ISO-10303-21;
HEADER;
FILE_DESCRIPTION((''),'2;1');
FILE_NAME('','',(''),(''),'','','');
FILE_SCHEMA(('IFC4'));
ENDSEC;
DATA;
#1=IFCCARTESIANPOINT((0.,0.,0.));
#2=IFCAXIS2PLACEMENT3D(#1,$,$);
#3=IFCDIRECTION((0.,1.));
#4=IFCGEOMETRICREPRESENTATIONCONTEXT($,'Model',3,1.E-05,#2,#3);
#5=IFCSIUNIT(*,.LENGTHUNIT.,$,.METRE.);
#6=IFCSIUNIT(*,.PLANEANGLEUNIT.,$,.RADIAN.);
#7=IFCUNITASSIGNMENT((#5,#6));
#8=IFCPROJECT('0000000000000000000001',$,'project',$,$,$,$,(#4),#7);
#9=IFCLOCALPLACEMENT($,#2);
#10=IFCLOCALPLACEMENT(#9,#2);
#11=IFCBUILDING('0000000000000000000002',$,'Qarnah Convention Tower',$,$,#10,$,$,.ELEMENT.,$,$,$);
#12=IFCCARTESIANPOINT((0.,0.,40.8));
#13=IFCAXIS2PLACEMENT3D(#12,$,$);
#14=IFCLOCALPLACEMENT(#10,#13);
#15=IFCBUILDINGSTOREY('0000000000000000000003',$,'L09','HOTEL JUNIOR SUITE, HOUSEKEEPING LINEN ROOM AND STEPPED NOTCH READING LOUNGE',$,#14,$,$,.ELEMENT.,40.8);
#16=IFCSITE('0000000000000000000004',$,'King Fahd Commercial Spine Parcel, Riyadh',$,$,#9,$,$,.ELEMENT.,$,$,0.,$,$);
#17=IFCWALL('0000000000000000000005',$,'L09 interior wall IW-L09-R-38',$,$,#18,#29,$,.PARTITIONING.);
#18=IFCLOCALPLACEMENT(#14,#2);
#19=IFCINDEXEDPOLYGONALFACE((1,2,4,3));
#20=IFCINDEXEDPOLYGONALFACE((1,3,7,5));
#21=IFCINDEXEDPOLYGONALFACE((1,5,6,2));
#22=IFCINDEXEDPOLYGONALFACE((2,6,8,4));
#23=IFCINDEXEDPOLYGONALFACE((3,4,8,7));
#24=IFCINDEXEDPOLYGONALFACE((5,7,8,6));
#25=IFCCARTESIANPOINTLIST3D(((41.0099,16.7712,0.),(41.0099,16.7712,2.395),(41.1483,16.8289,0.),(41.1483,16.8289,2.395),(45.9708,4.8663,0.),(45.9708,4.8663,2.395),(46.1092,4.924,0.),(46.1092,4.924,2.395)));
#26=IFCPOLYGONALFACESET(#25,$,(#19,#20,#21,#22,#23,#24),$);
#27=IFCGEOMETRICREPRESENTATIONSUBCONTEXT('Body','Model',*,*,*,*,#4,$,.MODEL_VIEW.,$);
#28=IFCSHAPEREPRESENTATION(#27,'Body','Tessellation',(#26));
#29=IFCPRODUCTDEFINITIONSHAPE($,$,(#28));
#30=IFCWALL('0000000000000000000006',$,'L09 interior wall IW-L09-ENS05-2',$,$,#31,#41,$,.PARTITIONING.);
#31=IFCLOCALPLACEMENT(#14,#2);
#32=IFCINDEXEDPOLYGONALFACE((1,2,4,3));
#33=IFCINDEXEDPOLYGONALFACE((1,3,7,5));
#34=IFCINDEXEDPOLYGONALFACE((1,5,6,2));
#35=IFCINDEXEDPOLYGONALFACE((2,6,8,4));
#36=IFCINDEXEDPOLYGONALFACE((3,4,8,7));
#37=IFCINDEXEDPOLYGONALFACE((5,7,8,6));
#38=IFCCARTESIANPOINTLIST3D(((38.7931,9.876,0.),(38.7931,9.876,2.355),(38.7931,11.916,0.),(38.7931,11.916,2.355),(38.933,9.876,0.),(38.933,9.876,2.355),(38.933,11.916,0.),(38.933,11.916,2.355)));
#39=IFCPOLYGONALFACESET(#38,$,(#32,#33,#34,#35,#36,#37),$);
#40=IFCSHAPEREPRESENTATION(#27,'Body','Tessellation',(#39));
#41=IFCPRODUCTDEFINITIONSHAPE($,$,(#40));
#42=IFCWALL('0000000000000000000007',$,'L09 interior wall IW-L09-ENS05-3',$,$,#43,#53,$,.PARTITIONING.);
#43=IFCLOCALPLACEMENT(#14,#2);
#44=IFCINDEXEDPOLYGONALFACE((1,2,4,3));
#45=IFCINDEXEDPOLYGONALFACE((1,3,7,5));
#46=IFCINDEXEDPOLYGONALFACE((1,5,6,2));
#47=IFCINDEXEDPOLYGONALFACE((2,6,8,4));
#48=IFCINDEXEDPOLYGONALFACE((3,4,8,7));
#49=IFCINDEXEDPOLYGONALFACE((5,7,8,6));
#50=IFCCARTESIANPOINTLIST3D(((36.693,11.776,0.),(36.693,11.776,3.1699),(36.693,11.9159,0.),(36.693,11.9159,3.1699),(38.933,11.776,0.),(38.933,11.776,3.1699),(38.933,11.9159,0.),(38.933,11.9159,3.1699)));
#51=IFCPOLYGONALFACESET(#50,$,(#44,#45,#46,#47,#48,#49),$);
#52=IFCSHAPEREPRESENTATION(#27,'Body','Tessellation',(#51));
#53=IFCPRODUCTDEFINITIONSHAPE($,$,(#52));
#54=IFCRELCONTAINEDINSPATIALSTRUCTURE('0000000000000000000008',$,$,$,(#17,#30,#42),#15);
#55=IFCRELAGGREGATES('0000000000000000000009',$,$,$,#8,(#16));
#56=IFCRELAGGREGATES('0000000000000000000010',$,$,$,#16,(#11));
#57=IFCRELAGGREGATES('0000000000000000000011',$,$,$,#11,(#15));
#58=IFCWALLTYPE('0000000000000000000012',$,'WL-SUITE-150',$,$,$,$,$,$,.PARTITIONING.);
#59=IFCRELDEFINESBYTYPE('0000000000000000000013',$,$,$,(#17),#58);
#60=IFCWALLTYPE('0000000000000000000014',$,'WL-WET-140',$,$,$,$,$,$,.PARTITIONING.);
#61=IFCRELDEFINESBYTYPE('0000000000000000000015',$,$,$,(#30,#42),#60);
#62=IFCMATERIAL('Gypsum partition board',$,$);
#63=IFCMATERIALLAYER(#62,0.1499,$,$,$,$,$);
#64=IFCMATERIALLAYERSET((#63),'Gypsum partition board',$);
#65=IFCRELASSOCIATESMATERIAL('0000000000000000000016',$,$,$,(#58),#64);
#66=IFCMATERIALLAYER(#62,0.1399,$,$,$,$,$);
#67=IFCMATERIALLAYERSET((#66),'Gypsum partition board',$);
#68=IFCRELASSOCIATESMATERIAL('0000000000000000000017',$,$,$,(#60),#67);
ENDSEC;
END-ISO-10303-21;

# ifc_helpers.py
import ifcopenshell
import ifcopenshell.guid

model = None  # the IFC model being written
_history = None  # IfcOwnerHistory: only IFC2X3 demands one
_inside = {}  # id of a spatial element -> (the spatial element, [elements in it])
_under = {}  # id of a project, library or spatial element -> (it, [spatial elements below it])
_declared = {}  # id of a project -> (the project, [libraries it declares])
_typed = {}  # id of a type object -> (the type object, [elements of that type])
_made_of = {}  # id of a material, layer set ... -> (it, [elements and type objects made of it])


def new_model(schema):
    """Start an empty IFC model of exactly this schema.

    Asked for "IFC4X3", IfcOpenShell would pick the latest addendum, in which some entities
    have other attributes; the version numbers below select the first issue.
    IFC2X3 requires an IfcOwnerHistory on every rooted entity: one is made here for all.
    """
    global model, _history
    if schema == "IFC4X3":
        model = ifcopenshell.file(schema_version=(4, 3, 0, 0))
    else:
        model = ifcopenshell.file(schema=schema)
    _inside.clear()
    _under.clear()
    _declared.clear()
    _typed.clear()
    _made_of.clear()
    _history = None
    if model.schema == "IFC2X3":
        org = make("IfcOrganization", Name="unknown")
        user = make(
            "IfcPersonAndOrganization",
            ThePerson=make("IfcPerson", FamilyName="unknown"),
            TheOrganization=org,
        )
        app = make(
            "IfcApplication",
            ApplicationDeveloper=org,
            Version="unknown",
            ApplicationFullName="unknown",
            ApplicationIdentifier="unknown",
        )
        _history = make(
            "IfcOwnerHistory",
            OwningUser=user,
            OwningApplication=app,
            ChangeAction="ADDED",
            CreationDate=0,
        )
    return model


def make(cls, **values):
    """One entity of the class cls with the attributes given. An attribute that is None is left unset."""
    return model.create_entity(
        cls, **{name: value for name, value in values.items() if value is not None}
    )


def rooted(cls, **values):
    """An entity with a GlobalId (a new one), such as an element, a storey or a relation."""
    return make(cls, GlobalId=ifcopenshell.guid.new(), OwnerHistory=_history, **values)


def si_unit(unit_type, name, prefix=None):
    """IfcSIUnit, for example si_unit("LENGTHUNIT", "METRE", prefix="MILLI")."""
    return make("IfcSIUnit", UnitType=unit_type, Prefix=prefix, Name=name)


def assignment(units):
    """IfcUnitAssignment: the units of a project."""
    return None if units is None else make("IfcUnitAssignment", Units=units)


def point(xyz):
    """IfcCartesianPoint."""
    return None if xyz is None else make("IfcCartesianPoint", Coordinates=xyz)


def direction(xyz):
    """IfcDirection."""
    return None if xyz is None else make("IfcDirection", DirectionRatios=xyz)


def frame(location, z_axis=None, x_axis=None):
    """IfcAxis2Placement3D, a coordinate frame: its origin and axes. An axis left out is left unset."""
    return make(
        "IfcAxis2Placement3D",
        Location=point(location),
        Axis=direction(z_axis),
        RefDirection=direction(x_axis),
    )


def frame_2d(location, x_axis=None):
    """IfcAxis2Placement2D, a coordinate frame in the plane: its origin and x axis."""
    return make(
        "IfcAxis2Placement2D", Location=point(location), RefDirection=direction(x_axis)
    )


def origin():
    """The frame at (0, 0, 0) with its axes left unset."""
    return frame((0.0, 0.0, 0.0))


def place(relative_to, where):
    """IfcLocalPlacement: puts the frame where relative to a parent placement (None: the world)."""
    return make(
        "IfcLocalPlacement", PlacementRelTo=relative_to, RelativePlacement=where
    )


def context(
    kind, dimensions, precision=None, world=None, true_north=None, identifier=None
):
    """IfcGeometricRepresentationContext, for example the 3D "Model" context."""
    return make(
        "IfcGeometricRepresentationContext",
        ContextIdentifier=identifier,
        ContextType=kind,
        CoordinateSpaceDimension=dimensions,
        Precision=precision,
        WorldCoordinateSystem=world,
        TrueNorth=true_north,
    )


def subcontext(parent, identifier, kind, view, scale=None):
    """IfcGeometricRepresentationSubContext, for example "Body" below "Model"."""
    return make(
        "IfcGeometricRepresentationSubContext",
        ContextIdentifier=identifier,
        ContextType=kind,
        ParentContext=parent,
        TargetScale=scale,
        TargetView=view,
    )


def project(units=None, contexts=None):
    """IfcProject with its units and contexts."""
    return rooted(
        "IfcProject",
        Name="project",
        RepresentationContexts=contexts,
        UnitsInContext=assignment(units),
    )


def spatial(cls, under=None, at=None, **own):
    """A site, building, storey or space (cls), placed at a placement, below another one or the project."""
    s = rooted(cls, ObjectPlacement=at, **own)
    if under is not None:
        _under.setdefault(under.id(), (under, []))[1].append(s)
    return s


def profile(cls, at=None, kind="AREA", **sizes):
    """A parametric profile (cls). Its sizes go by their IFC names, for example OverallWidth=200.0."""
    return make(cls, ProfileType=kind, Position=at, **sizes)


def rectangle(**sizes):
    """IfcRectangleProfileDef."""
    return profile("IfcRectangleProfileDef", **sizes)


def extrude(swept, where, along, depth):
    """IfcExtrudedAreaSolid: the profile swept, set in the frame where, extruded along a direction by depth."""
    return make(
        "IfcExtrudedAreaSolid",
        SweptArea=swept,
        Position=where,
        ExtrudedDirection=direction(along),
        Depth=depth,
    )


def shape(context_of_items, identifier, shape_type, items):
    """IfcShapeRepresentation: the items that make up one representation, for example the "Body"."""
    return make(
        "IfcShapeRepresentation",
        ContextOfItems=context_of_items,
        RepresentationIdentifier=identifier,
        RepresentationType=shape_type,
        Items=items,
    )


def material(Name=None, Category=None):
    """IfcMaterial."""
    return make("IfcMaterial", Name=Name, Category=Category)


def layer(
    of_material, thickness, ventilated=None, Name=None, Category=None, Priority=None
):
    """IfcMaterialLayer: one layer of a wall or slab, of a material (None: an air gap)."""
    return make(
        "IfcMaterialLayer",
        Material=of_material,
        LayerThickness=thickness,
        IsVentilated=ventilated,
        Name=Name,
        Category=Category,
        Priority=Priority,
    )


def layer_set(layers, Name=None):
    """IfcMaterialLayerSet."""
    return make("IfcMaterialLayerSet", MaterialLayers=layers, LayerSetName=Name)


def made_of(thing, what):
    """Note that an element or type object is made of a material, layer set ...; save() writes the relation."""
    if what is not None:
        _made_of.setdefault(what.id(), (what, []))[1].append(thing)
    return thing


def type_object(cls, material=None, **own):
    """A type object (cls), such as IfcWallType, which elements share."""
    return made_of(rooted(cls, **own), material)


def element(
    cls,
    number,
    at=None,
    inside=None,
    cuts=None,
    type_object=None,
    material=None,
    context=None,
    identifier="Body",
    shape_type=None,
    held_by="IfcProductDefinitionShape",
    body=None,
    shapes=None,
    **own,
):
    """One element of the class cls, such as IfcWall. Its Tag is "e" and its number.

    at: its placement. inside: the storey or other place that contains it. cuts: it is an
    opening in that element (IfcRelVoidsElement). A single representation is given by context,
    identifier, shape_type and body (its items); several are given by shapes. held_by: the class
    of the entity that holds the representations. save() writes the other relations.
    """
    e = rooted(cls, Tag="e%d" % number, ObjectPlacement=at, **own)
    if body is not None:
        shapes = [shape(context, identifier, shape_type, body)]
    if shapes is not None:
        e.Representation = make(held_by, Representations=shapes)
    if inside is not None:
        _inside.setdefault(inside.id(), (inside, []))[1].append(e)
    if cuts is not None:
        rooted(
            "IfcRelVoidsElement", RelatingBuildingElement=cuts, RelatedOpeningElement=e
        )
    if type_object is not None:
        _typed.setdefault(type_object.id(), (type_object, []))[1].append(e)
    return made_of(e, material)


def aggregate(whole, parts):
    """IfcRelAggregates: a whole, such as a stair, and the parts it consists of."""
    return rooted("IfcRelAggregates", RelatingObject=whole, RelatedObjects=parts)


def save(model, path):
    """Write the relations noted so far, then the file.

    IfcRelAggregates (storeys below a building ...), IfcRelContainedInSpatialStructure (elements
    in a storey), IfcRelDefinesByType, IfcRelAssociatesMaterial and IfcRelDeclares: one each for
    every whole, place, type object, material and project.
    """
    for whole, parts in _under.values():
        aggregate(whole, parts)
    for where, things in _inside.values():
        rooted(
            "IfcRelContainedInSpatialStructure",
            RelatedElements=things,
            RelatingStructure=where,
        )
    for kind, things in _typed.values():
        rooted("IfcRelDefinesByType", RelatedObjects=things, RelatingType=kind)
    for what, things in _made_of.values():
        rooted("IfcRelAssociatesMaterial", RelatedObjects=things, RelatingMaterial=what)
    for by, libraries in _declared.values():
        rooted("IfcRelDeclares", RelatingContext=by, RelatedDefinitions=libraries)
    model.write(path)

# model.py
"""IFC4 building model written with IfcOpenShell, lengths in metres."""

from ifc_helpers import new_model, si_unit, direction, frame, frame_2d, origin, place, context, subcontext, project, spatial, rectangle, extrude, material, layer, layer_set, type_object, element, save


model = new_model("IFC4")

# Units and contexts
model_context = context("Model", 3, precision=1e-05, world=origin(), true_north=direction((0.0, 1.0)))
body_context = subcontext(model_context, "Body", "Model", "MODEL_VIEW")
ifc_project = project(units=[si_unit("LENGTHUNIT", "METRE"), si_unit("PLANEANGLEUNIT", "RADIAN")], contexts=[model_context])

# Site, building, storey
site_placement = place(None, origin())
site = spatial("IfcSite", under=ifc_project, at=site_placement, Name="King Fahd Commercial Spine Parcel, Riyadh", CompositionType="ELEMENT", RefElevation=0.0)
building_placement = place(site_placement, origin())
building = spatial("IfcBuilding", under=site, at=building_placement, Name="Qarnah Convention Tower", CompositionType="ELEMENT")
storey_placement = place(building_placement, frame((0.0, 0.0, 40.8)))
storey = spatial("IfcBuildingStorey", under=building, at=storey_placement, Name="L09", Description="HOTEL JUNIOR SUITE, HOUSEKEEPING LINEN ROOM AND STEPPED NOTCH READING LOUNGE", CompositionType="ELEMENT", Elevation=40.8)

# Walls
ifc_material_1 = material(Name="Gypsum partition board")
ifc_layer_1 = layer(ifc_material_1, 0.1499)
ifc_layer_set_1 = layer_set([ifc_layer_1], Name="Gypsum partition board")
wall_type_1 = type_object("IfcWallType", Name="WL-SUITE-150", PredefinedType="PARTITIONING", material=ifc_layer_set_1)
wall_1_placement = place(storey_placement, frame((46.04, 4.895, 0.0), z_axis=(0.0, 0.0, 1.0), x_axis=(-0.384649, 0.923063, 0.0)))
element("IfcWall", 1, at=wall_1_placement, inside=storey, type_object=wall_type_1, Name="L09 interior wall IW-L09-R-38", PredefinedType="PARTITIONING", context=body_context, shape_type="SweptSolid", body=[
    extrude(rectangle(XDim=12.8972, YDim=0.1499, at=frame_2d((6.4487, 0.0))), origin(), (0.0, 0.0, 1.0), 2.395),
])
ifc_layer_2 = layer(ifc_material_1, 0.1399)
ifc_layer_set_2 = layer_set([ifc_layer_2], Name="Gypsum partition board")
wall_type_2 = type_object("IfcWallType", Name="WL-WET-140", PredefinedType="PARTITIONING", material=ifc_layer_set_2)
wall_2_placement = place(storey_placement, frame((38.863, 9.876, 0.0), z_axis=(0.0, 0.0, 1.0), x_axis=(0.0, 1.0, 0.0)))
element("IfcWall", 2, at=wall_2_placement, inside=storey, type_object=wall_type_2, Name="L09 interior wall IW-L09-ENS05-2", PredefinedType="PARTITIONING", context=body_context, shape_type="SweptSolid", body=[
    extrude(rectangle(XDim=2.04, YDim=0.1399, at=frame_2d((1.02, 0.0))), origin(), (0.0, 0.0, 1.0), 2.355),
])
wall_3_placement = place(storey_placement, frame((38.9331, 11.8459, 0.0), z_axis=(0.0, 0.0, 1.0), x_axis=(-1.0, 0.0, 0.0)))
element("IfcWall", 3, at=wall_3_placement, inside=storey, type_object=wall_type_2, Name="L09 interior wall IW-L09-ENS05-3", PredefinedType="PARTITIONING", context=body_context, shape_type="SweptSolid", body=[
    extrude(rectangle(XDim=2.24, YDim=0.1399, at=frame_2d((1.1201, 0.0))), origin(), (0.0, 0.0, 1.0), 3.1699),
])

save(model, "model.ifc")
